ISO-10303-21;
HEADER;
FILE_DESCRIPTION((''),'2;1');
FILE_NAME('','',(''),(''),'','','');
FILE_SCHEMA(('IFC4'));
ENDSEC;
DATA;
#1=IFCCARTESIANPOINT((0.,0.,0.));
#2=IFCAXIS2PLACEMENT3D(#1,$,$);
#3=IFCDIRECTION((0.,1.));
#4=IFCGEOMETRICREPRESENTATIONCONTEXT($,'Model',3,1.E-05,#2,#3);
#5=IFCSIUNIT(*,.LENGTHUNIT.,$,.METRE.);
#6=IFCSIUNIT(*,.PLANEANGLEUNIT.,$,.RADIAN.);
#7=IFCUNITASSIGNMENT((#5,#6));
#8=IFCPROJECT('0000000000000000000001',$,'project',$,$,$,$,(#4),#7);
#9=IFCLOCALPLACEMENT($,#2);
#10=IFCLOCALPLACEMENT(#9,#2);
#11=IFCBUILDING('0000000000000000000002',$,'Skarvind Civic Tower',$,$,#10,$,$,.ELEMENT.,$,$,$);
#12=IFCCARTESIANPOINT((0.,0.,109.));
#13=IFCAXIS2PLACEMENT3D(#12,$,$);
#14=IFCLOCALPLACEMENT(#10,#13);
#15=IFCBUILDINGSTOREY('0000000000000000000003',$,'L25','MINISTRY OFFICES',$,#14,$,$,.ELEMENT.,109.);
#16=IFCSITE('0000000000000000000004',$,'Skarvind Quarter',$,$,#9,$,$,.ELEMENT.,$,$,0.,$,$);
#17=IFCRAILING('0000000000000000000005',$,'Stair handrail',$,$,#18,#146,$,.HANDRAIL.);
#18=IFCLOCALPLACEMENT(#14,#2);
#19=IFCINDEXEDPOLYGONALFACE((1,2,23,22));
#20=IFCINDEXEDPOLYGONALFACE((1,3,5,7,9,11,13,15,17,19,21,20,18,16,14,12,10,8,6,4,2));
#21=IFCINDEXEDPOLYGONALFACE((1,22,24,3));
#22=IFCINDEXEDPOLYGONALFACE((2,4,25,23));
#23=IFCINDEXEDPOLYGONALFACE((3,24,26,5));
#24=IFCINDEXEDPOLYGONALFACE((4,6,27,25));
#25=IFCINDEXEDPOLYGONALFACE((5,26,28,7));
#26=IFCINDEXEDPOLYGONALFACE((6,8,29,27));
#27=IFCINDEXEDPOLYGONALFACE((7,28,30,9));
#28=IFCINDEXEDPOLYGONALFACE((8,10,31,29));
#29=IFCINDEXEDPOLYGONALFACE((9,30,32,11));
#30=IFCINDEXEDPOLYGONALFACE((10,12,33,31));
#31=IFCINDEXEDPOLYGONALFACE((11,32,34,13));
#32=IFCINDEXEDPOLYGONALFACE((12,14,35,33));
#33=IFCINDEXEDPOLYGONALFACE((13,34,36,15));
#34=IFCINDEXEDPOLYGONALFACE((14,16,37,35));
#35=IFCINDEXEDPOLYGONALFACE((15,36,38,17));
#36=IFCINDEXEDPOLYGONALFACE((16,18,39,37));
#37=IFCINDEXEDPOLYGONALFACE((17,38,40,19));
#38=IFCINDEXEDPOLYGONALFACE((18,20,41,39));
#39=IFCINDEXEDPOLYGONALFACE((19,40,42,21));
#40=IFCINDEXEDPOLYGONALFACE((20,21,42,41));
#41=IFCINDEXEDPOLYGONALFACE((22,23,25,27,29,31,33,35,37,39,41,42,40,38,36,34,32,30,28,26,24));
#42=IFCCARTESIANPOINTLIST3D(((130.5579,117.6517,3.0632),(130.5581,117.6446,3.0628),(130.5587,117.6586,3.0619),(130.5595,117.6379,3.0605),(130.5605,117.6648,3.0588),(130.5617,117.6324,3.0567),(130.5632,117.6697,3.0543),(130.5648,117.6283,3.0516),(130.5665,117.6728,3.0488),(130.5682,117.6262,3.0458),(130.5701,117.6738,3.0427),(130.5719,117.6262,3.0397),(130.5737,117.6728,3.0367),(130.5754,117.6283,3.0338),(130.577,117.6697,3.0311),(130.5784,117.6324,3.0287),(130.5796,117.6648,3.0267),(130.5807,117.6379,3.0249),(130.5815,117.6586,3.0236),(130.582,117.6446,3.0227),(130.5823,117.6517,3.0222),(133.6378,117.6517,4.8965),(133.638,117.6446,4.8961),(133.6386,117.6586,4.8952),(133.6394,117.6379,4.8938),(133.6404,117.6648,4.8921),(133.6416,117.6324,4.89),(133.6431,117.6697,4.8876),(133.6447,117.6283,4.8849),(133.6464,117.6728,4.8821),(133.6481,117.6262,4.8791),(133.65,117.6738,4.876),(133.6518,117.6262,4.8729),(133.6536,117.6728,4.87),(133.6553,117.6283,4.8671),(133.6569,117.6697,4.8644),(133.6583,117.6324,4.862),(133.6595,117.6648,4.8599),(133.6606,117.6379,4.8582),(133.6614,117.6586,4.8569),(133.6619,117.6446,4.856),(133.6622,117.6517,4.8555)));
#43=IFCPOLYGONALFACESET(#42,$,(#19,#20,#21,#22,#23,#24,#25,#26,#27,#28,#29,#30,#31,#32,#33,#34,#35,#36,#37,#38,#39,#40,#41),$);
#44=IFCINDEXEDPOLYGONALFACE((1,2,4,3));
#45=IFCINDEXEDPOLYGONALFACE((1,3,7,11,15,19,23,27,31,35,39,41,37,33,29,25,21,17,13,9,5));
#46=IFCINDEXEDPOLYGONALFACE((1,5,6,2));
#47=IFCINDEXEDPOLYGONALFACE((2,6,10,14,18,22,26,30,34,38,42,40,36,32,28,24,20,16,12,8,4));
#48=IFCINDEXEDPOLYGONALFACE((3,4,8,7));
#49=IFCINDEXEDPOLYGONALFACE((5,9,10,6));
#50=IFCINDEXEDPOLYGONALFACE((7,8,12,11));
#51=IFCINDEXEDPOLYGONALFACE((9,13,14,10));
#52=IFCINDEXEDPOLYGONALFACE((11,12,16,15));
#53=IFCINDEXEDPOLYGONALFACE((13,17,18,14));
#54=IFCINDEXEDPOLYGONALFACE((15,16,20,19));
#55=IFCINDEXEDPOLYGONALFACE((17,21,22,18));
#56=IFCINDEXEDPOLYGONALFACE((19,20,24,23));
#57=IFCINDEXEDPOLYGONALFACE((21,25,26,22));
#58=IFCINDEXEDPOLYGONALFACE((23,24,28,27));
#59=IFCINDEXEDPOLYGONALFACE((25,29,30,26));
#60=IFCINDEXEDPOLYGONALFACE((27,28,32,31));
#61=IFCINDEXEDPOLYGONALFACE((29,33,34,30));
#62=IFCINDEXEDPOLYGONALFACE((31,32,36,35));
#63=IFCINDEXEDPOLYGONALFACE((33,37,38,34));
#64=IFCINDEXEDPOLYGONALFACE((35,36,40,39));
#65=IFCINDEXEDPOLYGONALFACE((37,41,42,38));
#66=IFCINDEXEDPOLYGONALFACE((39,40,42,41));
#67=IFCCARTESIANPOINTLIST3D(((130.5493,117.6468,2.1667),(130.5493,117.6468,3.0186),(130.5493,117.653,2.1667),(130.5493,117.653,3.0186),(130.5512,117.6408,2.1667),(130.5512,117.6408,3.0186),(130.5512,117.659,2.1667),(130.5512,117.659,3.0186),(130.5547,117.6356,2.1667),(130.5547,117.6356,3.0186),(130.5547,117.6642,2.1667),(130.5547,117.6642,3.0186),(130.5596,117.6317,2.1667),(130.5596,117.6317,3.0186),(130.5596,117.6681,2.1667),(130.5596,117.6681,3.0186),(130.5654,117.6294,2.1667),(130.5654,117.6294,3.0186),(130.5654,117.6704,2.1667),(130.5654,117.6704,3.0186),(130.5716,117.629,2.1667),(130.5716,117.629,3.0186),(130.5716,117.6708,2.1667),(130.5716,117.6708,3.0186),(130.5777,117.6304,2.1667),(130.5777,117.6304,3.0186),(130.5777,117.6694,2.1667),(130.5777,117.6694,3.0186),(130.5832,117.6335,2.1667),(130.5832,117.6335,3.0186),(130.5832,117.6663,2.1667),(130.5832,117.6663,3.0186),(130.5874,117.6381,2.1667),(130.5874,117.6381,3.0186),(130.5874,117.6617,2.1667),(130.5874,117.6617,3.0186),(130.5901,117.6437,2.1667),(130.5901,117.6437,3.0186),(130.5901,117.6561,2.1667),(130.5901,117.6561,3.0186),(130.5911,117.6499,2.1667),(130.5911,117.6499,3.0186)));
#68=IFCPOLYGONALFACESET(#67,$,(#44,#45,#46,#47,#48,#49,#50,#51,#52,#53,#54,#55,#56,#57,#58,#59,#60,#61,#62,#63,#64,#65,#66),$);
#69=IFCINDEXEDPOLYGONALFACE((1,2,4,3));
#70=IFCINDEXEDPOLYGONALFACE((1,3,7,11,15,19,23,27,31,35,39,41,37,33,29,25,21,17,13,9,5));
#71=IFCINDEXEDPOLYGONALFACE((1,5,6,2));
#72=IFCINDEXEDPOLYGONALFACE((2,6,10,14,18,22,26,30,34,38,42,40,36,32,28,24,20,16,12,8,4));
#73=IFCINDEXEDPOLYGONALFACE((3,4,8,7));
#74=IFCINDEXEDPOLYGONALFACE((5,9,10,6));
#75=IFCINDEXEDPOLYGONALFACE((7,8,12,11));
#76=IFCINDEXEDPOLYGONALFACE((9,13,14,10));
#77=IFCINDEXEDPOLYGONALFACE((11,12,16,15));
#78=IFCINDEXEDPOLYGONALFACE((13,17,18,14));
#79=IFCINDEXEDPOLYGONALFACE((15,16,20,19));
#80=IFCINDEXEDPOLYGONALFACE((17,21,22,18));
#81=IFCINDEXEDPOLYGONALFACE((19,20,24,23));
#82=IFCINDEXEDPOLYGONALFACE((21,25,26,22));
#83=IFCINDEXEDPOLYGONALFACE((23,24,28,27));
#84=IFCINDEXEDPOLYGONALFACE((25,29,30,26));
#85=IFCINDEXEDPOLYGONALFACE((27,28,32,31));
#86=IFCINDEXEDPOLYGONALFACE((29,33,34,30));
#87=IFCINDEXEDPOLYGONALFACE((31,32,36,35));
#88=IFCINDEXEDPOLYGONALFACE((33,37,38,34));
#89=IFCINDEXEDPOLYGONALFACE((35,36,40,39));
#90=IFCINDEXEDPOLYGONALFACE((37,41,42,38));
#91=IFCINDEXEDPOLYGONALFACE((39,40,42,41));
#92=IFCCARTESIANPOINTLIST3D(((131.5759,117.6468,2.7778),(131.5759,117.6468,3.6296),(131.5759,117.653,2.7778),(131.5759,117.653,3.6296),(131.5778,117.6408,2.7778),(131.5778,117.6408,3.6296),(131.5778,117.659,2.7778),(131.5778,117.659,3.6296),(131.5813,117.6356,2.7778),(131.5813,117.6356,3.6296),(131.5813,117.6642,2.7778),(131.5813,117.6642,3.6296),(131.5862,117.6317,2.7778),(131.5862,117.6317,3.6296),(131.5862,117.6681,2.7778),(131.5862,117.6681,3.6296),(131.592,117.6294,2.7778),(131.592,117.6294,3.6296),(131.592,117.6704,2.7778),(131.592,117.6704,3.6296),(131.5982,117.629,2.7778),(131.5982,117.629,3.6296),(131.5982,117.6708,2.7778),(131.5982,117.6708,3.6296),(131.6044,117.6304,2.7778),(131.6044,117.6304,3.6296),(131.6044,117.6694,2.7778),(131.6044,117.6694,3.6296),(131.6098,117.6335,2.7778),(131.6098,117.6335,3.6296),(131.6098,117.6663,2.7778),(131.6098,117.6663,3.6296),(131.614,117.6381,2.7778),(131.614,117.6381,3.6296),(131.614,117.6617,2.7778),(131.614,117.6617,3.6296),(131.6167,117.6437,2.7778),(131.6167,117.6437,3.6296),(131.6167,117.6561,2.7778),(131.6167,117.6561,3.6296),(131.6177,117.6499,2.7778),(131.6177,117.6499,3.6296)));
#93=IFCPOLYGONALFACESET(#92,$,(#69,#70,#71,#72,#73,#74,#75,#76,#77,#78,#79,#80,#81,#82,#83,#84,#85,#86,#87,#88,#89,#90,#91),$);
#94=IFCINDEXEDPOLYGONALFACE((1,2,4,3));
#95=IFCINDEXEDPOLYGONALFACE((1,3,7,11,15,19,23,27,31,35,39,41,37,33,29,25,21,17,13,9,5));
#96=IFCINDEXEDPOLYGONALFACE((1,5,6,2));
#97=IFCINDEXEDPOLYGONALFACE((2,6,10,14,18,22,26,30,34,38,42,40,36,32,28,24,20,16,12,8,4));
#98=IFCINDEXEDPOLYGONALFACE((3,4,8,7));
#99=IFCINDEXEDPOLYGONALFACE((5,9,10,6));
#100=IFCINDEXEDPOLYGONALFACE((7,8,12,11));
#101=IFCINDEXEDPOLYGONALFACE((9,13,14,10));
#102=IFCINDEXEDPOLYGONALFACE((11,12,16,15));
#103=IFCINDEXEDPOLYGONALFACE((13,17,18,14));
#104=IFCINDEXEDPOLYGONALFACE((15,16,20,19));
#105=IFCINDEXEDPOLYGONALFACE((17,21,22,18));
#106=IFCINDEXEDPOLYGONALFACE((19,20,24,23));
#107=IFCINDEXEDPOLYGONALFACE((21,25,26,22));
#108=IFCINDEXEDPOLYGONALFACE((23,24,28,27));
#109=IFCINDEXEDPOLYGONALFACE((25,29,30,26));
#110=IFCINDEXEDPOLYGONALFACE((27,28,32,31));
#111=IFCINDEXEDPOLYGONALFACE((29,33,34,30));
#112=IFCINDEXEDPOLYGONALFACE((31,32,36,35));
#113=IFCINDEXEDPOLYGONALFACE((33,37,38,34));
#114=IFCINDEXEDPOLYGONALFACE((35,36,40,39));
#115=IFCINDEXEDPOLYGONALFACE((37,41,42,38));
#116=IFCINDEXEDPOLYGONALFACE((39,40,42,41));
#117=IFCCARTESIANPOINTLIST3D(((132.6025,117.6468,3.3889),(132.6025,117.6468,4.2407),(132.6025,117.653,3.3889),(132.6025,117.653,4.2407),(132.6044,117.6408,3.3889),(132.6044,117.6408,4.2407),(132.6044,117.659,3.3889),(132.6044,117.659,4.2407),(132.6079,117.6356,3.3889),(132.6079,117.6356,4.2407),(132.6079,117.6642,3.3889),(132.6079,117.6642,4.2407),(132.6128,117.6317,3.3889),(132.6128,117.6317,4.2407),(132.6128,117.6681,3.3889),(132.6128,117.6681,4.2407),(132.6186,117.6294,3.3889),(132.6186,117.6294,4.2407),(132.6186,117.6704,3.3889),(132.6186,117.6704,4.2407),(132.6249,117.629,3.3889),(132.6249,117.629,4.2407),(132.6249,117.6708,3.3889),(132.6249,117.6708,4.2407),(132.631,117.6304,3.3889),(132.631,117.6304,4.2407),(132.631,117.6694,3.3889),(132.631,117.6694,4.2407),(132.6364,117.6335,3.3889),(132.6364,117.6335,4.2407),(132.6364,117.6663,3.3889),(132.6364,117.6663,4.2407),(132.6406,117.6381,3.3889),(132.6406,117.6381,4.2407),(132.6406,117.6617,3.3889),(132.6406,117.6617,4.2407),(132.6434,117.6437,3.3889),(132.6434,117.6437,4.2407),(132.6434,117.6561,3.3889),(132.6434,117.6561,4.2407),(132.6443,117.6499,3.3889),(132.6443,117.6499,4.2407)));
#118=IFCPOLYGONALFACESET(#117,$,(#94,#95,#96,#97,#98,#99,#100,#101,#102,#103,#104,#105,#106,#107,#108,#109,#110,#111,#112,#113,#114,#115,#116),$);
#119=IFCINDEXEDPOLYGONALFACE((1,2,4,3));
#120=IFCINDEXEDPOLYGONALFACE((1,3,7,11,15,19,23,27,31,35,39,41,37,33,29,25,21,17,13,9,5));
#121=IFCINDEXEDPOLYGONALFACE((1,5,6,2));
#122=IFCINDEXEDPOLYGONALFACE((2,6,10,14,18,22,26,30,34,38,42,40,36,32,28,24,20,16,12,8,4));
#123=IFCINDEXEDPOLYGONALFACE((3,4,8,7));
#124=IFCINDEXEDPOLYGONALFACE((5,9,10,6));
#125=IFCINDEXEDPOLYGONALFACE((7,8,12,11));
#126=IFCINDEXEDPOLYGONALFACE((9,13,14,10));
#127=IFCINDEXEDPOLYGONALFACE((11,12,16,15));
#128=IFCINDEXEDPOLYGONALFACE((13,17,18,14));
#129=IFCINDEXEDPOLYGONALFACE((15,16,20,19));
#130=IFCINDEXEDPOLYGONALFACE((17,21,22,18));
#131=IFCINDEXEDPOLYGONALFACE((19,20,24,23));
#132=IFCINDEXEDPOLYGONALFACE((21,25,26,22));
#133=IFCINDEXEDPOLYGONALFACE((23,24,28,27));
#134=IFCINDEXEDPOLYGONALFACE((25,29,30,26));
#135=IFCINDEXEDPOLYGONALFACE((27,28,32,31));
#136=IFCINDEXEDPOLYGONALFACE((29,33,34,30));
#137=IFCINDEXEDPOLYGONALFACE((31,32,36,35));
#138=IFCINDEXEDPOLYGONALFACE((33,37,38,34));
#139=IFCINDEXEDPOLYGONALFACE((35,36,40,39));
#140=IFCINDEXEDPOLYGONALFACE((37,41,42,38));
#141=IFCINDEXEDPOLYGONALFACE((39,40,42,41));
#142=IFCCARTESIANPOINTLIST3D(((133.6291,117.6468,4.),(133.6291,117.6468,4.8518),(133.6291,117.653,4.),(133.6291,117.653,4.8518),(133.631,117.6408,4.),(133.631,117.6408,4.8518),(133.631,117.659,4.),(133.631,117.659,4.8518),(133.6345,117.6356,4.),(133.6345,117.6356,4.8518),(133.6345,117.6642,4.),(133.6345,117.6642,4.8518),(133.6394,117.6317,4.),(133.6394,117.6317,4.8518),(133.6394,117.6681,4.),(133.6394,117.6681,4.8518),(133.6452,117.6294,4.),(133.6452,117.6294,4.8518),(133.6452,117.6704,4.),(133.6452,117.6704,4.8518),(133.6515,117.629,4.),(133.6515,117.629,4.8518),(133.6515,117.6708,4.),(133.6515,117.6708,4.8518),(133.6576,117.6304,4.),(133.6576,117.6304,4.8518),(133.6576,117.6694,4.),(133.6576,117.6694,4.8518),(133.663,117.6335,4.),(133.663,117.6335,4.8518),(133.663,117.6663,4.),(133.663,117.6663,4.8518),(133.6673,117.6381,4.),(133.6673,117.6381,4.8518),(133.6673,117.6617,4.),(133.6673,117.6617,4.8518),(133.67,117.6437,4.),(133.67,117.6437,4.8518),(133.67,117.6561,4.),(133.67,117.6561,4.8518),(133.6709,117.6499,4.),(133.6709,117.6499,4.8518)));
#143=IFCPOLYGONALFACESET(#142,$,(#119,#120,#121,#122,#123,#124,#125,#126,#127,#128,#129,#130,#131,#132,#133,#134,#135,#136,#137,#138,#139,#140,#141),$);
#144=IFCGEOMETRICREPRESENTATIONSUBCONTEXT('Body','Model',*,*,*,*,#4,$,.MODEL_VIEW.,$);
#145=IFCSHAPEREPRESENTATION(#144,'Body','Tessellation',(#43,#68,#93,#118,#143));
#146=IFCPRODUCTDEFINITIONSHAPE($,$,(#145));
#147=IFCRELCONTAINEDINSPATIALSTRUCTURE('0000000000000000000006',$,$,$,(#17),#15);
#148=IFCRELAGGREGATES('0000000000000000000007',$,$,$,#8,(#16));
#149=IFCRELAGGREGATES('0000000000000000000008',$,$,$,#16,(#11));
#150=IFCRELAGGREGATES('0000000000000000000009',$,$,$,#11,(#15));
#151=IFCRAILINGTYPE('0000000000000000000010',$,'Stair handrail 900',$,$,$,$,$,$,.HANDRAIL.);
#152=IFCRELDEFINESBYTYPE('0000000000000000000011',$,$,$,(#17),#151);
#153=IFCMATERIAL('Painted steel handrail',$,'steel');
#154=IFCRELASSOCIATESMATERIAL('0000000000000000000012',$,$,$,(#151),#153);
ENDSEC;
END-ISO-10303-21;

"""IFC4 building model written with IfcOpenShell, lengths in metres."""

from ifc_helpers import new_model, si_unit, direction, frame, origin, origin_2d, place, context, subcontext, project, spatial, circle, extrude, material, type_object, element, save


model = new_model("IFC4")

# Units and contexts
model_context = context("Model", 3, precision=1e-05, world=origin(), true_north=direction((0.0, 1.0)))
body_context = subcontext(model_context, "Body", "Model", "MODEL_VIEW")
ifc_project = project(units=[si_unit("LENGTHUNIT", "METRE"), si_unit("PLANEANGLEUNIT", "RADIAN")], contexts=[model_context])

# Site, building, storey
site_placement = place(None, origin())
site = spatial("IfcSite", under=ifc_project, at=site_placement, Name="Skarvind Quarter", CompositionType="ELEMENT", RefElevation=0.0)
building_placement = place(site_placement, origin())
building = spatial("IfcBuilding", under=site, at=building_placement, Name="Skarvind Civic Tower", CompositionType="ELEMENT")
storey_placement = place(building_placement, frame((0.0, 0.0, 109.0)))
storey = spatial("IfcBuildingStorey", under=building, at=storey_placement, Name="L25", Description="MINISTRY OFFICES", CompositionType="ELEMENT", Elevation=109.0)

# Railing
ifc_material_1 = material(Name="Painted steel handrail", Category="steel")
railing_type = type_object("IfcRailingType", Name="Stair handrail 900", PredefinedType="HANDRAIL", material=ifc_material_1)
railing_placement = place(storey_placement, frame((130.5701, 117.6499, 2.1667)))
element("IfcRailing", 1, at=railing_placement, inside=storey, type_object=railing_type, Name="Stair handrail", PredefinedType="HANDRAIL", context=body_context, shape_type="SweptSolid", body=[
    extrude(circle(Radius=0.0239, at=origin_2d()), frame((0.0, 0.0, 0.876), z_axis=(0.859291, 0.0, 0.511487), x_axis=(0.0, 1.0, 0.0)), (0.0, 0.0, 1.0), 3.5842),
    extrude(circle(Radius=0.021, at=origin_2d()), origin(), (0.0, 0.0, 1.0), 0.8518),
    extrude(circle(Radius=0.021, at=origin_2d()), frame((1.0266, 0.0, 0.6111)), (0.0, 0.0, 1.0), 0.8518),
    extrude(circle(Radius=0.021, at=origin_2d()), frame((2.0532, 0.0, 1.2222)), (0.0, 0.0, 1.0), 0.8518),
    extrude(circle(Radius=0.021, at=origin_2d()), frame((3.0798, 0.0, 1.8333)), (0.0, 0.0, 1.0), 0.8518),
])

save(model, "model.ifc")
